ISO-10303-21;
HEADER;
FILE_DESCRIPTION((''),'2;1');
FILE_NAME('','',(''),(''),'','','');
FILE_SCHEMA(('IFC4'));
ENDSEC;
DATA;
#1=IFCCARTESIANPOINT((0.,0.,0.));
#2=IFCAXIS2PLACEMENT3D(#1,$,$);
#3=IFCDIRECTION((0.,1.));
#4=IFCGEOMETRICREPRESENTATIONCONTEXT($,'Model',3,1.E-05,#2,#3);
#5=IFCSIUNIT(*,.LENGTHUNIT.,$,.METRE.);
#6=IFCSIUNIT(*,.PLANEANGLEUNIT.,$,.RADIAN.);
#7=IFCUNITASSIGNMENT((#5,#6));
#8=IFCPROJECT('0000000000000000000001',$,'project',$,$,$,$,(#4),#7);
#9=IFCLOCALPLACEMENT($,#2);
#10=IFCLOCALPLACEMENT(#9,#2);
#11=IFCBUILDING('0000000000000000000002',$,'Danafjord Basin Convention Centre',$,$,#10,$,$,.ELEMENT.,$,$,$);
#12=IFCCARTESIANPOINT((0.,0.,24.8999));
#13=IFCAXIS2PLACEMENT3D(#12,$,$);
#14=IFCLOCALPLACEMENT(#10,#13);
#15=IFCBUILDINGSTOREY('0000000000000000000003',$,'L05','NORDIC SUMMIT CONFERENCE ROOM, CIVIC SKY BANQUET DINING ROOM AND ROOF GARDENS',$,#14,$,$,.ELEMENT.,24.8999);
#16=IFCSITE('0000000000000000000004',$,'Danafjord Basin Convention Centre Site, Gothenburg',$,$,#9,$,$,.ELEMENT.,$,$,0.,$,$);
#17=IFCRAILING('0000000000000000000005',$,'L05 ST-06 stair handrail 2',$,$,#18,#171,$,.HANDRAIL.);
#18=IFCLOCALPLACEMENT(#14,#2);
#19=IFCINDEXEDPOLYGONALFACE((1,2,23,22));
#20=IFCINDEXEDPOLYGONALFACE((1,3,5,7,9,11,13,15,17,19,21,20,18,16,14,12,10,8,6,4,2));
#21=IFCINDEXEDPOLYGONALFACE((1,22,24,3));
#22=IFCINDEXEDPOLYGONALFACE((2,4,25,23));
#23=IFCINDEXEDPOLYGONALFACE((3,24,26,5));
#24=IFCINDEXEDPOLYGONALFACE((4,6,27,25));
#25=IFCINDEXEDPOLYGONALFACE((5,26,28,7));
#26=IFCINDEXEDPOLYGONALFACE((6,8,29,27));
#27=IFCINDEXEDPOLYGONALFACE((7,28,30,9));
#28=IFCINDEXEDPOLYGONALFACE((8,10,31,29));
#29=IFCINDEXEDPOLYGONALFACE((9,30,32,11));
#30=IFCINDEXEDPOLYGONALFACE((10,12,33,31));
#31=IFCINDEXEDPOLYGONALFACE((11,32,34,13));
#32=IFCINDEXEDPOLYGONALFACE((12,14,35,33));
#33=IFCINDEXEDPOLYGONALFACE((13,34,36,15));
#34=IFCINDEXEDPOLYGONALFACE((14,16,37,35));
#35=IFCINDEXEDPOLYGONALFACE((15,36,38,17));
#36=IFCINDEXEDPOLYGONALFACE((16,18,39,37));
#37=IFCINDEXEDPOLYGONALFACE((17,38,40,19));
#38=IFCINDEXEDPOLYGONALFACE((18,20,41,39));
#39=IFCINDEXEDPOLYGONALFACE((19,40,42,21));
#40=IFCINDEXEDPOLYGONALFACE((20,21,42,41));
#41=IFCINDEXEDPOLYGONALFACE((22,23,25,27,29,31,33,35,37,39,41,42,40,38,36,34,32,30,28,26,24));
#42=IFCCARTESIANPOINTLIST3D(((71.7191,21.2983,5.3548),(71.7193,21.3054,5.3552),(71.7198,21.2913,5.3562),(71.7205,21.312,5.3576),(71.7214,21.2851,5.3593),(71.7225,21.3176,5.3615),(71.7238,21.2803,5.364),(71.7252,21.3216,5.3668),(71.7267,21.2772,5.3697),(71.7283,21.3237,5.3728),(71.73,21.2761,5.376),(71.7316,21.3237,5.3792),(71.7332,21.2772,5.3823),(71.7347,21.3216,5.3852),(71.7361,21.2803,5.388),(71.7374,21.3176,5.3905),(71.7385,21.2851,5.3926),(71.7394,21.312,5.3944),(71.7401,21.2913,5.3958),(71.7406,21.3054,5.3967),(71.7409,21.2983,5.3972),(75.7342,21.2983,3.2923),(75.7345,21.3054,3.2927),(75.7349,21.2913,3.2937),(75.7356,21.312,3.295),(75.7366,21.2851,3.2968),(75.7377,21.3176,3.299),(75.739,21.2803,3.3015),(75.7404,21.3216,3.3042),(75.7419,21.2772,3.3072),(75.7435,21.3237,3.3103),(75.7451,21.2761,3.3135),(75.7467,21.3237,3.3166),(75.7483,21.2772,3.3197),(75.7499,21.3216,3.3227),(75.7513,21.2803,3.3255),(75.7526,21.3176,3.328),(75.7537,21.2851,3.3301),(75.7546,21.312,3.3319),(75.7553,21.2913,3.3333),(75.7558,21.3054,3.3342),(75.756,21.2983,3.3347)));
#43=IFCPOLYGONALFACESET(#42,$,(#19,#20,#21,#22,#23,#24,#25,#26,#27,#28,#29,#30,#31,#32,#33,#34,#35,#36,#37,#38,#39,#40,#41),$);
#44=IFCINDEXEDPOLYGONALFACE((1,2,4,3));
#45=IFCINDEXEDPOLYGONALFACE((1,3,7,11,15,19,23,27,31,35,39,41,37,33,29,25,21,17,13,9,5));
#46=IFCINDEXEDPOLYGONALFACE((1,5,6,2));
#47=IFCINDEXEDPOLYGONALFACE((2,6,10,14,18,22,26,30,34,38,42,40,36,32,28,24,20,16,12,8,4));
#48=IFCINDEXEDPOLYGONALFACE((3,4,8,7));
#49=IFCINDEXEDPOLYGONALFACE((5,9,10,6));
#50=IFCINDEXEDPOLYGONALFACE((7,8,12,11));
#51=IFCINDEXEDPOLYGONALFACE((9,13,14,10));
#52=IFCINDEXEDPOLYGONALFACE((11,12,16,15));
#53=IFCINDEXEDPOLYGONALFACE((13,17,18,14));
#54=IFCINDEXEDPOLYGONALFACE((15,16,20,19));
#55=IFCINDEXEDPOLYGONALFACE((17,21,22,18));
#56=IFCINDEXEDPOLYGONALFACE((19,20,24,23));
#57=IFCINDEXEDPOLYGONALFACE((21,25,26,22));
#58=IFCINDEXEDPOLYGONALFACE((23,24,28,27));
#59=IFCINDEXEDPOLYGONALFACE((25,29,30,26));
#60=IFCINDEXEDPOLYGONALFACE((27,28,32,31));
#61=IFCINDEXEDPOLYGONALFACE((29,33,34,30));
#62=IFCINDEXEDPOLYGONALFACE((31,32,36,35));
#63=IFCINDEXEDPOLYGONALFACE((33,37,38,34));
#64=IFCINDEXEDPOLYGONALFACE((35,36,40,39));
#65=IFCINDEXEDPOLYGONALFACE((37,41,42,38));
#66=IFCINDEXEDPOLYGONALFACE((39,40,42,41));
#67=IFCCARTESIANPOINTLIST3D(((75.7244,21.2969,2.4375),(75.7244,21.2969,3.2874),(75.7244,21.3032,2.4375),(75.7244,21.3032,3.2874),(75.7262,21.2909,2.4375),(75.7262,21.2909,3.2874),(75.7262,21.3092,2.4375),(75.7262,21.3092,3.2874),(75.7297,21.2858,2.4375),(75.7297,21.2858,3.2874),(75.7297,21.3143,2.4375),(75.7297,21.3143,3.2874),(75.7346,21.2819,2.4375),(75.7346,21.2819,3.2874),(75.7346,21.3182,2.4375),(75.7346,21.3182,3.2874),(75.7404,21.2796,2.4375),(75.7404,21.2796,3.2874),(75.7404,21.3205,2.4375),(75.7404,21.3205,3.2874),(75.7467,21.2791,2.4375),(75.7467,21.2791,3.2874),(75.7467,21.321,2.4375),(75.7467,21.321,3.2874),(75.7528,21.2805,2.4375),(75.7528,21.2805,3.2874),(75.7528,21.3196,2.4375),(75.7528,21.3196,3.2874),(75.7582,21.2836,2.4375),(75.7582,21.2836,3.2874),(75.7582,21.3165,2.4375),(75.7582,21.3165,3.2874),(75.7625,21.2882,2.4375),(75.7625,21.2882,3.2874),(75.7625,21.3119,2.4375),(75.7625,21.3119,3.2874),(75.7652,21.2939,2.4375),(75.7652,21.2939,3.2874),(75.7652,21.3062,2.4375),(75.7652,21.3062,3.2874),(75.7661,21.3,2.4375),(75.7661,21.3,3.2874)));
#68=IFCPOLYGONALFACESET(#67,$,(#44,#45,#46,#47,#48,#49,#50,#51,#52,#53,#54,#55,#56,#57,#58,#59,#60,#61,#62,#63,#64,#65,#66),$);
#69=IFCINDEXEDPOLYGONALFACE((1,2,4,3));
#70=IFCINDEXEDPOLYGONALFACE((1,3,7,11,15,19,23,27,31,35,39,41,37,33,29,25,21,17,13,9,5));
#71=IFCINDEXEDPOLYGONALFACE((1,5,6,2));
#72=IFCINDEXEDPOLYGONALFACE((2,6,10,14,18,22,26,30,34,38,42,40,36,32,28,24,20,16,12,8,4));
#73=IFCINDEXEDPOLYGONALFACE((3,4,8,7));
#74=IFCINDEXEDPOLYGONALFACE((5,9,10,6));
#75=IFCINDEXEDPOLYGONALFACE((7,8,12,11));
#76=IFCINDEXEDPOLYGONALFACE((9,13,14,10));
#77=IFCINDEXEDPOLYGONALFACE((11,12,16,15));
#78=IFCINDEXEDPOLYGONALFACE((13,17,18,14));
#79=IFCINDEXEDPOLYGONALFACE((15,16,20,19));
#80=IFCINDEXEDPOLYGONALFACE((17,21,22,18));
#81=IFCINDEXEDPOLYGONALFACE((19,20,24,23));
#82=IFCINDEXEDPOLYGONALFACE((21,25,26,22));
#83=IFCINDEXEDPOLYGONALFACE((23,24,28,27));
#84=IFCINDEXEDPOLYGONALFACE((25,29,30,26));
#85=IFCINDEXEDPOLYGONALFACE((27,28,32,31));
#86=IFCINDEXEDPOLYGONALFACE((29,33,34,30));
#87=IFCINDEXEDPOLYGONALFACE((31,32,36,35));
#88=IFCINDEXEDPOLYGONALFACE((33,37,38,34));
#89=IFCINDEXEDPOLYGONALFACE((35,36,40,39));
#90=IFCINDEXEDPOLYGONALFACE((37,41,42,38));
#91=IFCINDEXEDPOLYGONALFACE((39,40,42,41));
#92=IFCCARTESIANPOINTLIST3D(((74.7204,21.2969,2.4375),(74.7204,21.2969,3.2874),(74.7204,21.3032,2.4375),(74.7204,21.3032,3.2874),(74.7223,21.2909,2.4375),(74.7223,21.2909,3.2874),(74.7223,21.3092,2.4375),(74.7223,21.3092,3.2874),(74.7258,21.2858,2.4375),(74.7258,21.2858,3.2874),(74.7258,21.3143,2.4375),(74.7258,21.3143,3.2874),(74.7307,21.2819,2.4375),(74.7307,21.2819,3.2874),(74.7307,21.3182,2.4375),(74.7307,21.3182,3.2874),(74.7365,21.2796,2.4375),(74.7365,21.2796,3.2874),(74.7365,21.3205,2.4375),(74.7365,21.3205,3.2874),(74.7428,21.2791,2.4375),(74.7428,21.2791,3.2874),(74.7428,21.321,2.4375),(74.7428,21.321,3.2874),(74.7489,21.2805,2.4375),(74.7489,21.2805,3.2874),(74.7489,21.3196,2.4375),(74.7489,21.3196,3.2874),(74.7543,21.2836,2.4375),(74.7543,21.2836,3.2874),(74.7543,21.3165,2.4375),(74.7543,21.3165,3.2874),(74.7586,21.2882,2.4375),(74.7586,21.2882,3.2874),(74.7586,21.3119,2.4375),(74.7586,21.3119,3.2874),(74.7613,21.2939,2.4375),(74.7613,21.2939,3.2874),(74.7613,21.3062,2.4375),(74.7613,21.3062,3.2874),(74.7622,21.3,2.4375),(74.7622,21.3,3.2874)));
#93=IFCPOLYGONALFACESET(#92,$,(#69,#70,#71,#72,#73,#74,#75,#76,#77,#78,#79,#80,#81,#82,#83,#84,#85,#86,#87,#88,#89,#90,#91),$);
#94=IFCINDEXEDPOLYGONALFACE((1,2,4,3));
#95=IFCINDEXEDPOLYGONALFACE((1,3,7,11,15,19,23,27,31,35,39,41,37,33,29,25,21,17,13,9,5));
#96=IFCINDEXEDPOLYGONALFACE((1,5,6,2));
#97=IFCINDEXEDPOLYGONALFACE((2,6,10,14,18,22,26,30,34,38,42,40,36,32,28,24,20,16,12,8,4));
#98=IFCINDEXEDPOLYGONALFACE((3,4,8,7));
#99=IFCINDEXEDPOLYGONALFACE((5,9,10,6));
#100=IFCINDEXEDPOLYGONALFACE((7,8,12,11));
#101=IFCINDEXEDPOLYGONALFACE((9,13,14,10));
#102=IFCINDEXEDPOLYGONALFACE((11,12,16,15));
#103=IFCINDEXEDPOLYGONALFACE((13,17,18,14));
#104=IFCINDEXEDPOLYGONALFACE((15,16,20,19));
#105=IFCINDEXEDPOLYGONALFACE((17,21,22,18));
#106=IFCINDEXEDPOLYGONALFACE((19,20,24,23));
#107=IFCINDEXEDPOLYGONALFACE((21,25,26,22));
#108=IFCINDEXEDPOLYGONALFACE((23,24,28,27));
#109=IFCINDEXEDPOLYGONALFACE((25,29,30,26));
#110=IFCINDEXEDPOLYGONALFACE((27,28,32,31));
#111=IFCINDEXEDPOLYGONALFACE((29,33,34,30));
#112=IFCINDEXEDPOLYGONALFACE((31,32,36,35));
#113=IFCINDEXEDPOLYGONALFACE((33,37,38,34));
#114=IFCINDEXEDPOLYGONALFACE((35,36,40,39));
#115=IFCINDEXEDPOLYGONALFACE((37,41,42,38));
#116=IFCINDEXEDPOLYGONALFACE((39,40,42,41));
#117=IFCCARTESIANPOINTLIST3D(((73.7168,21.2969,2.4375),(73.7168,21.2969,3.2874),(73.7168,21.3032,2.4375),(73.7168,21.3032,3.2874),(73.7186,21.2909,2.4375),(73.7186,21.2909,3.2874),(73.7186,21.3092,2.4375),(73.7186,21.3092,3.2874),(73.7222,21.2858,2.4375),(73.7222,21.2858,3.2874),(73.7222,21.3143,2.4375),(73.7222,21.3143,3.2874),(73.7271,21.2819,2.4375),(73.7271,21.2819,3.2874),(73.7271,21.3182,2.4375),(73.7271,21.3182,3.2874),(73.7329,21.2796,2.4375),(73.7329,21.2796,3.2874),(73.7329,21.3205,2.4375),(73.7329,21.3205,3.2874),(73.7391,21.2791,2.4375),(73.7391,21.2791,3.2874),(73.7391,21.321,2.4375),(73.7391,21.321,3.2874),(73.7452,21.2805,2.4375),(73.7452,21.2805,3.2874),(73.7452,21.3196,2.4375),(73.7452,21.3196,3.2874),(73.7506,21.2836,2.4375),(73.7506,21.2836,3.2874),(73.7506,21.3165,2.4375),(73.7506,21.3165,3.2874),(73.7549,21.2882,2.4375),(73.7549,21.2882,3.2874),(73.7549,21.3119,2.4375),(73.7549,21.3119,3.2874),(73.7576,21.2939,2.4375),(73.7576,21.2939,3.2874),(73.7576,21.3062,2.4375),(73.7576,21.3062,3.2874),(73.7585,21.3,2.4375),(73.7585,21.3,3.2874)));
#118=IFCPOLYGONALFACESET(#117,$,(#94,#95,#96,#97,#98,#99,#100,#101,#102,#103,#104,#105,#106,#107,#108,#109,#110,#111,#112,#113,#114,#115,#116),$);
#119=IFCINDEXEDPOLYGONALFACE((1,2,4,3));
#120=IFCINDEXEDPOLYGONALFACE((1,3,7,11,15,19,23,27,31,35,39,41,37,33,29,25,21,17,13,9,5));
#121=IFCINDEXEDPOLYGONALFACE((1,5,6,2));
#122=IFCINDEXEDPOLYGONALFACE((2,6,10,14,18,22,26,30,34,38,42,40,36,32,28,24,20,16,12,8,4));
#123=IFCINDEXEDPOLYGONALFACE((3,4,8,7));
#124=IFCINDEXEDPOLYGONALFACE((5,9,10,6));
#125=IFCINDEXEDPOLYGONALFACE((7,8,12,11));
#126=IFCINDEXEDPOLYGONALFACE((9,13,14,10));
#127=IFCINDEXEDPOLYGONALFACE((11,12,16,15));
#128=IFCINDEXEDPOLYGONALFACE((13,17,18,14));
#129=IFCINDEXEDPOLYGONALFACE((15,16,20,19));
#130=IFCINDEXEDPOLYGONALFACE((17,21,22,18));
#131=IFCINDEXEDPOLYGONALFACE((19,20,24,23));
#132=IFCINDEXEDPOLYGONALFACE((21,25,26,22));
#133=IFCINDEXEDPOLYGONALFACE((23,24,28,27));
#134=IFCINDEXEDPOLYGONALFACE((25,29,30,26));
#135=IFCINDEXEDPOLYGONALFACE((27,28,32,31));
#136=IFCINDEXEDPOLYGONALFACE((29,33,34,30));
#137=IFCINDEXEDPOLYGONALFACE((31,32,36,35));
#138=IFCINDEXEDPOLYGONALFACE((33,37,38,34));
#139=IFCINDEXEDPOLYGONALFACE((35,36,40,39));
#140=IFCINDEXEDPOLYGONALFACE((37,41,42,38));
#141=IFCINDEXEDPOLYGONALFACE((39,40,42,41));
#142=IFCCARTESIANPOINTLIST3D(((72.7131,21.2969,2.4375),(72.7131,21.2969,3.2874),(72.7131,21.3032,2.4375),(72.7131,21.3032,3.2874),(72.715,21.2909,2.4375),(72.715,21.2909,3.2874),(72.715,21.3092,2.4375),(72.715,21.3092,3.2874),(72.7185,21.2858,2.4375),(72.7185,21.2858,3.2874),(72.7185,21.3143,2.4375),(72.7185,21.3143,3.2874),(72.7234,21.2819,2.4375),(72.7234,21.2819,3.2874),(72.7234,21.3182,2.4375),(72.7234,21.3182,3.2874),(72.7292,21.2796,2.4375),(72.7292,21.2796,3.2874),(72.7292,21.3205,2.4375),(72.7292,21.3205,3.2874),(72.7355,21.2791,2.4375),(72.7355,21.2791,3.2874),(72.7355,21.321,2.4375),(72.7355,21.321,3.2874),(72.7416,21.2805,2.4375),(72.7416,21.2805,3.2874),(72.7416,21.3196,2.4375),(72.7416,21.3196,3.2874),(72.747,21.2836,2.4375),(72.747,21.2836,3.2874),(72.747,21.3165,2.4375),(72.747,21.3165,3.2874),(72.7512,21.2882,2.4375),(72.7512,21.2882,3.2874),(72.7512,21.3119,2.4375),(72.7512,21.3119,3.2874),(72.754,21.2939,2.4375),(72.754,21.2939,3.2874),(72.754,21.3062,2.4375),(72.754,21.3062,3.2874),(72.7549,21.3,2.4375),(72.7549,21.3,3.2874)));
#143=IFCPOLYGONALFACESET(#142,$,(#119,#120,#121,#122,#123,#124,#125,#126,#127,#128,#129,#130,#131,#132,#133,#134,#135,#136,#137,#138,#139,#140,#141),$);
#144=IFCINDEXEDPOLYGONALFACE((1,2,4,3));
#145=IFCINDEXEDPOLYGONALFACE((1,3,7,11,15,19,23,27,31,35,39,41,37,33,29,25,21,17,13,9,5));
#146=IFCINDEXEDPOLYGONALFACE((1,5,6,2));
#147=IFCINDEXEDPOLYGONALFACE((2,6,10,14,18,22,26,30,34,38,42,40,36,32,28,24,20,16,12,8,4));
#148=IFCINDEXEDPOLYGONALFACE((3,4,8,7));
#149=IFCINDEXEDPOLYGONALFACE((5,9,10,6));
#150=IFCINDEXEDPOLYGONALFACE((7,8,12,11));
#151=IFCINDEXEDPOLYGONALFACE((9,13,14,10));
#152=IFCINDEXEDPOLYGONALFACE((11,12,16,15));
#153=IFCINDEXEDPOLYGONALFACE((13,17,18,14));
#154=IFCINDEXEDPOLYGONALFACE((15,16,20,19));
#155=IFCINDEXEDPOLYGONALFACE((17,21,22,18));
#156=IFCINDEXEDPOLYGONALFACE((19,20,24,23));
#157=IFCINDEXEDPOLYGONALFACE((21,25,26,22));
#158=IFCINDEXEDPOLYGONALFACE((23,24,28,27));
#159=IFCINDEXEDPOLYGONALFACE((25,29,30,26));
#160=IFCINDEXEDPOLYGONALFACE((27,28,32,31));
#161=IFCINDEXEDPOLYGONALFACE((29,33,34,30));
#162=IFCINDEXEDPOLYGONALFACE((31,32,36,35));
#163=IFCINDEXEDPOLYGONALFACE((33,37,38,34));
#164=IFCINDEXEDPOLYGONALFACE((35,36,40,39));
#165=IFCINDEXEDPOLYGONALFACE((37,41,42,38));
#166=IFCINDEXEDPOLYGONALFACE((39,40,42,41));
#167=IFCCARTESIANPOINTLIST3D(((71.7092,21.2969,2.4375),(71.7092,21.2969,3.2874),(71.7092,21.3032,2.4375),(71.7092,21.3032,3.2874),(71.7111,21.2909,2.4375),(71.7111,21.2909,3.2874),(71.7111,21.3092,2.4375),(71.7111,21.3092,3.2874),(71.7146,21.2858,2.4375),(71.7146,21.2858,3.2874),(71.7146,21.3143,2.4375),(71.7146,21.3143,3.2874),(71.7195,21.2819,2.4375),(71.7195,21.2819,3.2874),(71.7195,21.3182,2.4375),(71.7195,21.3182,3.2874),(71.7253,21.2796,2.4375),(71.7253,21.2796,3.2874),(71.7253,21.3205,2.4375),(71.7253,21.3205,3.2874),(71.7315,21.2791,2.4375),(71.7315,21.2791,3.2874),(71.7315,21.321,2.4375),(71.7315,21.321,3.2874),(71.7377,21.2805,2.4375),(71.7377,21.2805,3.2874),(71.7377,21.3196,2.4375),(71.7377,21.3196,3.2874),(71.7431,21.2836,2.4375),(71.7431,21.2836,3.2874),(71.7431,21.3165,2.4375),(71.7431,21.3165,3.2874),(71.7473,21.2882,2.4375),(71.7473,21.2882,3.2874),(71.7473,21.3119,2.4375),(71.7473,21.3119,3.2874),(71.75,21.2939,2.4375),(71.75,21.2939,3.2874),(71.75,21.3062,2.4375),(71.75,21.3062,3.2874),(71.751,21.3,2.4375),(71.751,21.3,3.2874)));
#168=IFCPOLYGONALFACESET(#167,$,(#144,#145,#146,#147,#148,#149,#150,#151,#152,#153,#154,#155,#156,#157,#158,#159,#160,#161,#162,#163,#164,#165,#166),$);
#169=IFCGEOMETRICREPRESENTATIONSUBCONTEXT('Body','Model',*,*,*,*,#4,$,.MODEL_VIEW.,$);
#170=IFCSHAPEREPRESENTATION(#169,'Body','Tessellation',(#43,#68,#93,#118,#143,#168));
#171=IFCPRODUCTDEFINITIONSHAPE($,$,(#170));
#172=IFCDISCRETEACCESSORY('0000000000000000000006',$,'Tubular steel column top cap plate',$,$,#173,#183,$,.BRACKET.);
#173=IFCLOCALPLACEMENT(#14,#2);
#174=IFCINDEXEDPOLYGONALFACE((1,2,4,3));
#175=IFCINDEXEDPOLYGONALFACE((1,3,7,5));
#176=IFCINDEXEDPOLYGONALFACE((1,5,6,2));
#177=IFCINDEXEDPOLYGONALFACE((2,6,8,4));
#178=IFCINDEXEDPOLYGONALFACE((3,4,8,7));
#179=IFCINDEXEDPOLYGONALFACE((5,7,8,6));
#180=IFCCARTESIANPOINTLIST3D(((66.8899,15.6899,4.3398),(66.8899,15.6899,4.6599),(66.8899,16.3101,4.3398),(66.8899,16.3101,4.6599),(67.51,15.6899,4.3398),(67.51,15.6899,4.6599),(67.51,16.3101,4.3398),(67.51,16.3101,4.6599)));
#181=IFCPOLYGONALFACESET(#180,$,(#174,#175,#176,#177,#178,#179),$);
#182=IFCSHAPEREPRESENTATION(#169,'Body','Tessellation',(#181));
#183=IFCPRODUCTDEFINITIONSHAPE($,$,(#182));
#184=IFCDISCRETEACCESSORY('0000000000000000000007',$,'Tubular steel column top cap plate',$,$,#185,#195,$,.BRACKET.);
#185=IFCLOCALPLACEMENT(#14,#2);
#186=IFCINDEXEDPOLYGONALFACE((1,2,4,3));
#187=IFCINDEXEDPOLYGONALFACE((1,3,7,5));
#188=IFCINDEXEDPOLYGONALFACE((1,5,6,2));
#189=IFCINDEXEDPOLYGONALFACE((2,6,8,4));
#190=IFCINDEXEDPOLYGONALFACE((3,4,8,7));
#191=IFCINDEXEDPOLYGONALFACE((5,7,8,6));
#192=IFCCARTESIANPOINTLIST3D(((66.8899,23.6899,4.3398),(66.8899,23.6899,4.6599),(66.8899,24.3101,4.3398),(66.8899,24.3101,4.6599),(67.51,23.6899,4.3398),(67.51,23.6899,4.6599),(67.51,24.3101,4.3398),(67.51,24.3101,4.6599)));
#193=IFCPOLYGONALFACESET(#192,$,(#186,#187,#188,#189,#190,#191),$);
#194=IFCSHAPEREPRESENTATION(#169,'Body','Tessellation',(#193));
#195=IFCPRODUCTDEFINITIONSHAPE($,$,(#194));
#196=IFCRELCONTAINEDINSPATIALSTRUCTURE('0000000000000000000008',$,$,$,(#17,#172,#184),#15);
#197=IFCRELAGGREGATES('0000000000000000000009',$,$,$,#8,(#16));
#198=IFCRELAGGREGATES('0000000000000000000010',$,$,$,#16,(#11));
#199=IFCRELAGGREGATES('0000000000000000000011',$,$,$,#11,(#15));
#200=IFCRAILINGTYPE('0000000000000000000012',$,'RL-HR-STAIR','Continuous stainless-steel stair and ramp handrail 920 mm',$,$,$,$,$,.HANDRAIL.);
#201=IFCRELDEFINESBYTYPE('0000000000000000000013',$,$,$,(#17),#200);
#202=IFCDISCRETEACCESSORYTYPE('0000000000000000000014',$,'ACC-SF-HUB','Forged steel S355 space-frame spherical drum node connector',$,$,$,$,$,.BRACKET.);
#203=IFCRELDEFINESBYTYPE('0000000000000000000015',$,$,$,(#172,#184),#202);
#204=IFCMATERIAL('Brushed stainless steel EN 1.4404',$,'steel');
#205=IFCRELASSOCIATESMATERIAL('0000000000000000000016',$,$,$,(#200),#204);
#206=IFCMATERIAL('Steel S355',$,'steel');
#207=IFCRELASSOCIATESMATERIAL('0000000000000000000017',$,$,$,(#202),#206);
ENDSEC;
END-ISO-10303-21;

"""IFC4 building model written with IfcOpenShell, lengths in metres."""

from ifc_helpers import new_model, si_unit, direction, frame, origin, origin_2d, place, context, subcontext, project, spatial, rectangle, circle, extrude, material, type_object, element, save


model = new_model("IFC4")

# Units and contexts
model_context = context("Model", 3, precision=1e-05, world=origin(), true_north=direction((0.0, 1.0)))
body_context = subcontext(model_context, "Body", "Model", "MODEL_VIEW")
ifc_project = project(units=[si_unit("LENGTHUNIT", "METRE"), si_unit("PLANEANGLEUNIT", "RADIAN")], contexts=[model_context])

# Site, building, storey
site_placement = place(None, origin())
site = spatial("IfcSite", under=ifc_project, at=site_placement, Name="Danafjord Basin Convention Centre Site, Gothenburg", CompositionType="ELEMENT", RefElevation=0.0)
building_placement = place(site_placement, origin())
building = spatial("IfcBuilding", under=site, at=building_placement, Name="Danafjord Basin Convention Centre", CompositionType="ELEMENT")
storey_placement = place(building_placement, frame((0.0, 0.0, 24.8999)))
storey = spatial("IfcBuildingStorey", under=building, at=storey_placement, Name="L05", Description="NORDIC SUMMIT CONFERENCE ROOM, CIVIC SKY BANQUET DINING ROOM AND ROOF GARDENS", CompositionType="ELEMENT", Elevation=24.8999)

# Shared definitions
ifc_material_1 = material(Name="Steel S355", Category="steel")

# Railing
ifc_material_2 = material(Name="Brushed stainless steel EN 1.4404", Category="steel")
railing_type_1 = type_object("IfcRailingType", Name="RL-HR-STAIR", Description="Continuous stainless-steel stair and ramp handrail 920 mm", PredefinedType="HANDRAIL", material=ifc_material_2)
railing_1_placement = place(storey_placement, frame((75.7451, 21.3, 2.4375)))
element("IfcRailing", 1, at=railing_1_placement, inside=storey, type_object=railing_type_1, Name="L05 ST-06 stair handrail 2", PredefinedType="HANDRAIL", context=body_context, shape_type="SweptSolid", body=[
    extrude(circle(Radius=0.0239, at=origin_2d()), frame((0.0, 0.0, 0.876), z_axis=(-0.889506, 0.0, 0.456923), x_axis=(0.0, -1.0, 0.0)), (0.0, 0.0, 1.0), 4.5139),
    extrude(circle(Radius=0.021, at=origin_2d()), origin(), (0.0, 0.0, 1.0), 0.8499),
    extrude(circle(Radius=0.021, at=origin_2d()), frame((-1.0039, 0.0, 0.0)), (0.0, 0.0, 1.0), 0.8499),
    extrude(circle(Radius=0.021, at=origin_2d()), frame((-2.0076, 0.0, 0.0)), (0.0, 0.0, 1.0), 0.8499),
    extrude(circle(Radius=0.021, at=origin_2d()), frame((-3.0112, 0.0, 0.0)), (0.0, 0.0, 1.0), 0.8499),
    extrude(circle(Radius=0.021, at=origin_2d()), frame((-4.0151, 0.0, 0.0)), (0.0, 0.0, 1.0), 0.8499),
])

# Discrete accessories
discrete_accessory_type = type_object("IfcDiscreteAccessoryType", Name="ACC-SF-HUB", Description="Forged steel S355 space-frame spherical drum node connector", PredefinedType="BRACKET", material=ifc_material_1)
for number, where, z_axis, x_axis, name in (
    (2, (67.2, 16.0, 4.3398), (0.0, 0.0, 1.0), (1.0, 0.0, 0.0), "Tubular steel column top cap plate"),
    (3, (67.2, 24.0, 4.3398), (0.0, 0.0, 1.0), (1.0, 0.0, 0.0), "Tubular steel column top cap plate"),
):
    element("IfcDiscreteAccessory", number, at=place(storey_placement, frame(where, z_axis=z_axis, x_axis=x_axis)), inside=storey, type_object=discrete_accessory_type, Name=name, PredefinedType="BRACKET", context=body_context, shape_type="SweptSolid", body=[
        extrude(rectangle(XDim=0.6201, YDim=0.6201, at=origin_2d()), origin(), (0.0, 0.0, 1.0), 0.3201),
    ])

save(model, "model.ifc")
